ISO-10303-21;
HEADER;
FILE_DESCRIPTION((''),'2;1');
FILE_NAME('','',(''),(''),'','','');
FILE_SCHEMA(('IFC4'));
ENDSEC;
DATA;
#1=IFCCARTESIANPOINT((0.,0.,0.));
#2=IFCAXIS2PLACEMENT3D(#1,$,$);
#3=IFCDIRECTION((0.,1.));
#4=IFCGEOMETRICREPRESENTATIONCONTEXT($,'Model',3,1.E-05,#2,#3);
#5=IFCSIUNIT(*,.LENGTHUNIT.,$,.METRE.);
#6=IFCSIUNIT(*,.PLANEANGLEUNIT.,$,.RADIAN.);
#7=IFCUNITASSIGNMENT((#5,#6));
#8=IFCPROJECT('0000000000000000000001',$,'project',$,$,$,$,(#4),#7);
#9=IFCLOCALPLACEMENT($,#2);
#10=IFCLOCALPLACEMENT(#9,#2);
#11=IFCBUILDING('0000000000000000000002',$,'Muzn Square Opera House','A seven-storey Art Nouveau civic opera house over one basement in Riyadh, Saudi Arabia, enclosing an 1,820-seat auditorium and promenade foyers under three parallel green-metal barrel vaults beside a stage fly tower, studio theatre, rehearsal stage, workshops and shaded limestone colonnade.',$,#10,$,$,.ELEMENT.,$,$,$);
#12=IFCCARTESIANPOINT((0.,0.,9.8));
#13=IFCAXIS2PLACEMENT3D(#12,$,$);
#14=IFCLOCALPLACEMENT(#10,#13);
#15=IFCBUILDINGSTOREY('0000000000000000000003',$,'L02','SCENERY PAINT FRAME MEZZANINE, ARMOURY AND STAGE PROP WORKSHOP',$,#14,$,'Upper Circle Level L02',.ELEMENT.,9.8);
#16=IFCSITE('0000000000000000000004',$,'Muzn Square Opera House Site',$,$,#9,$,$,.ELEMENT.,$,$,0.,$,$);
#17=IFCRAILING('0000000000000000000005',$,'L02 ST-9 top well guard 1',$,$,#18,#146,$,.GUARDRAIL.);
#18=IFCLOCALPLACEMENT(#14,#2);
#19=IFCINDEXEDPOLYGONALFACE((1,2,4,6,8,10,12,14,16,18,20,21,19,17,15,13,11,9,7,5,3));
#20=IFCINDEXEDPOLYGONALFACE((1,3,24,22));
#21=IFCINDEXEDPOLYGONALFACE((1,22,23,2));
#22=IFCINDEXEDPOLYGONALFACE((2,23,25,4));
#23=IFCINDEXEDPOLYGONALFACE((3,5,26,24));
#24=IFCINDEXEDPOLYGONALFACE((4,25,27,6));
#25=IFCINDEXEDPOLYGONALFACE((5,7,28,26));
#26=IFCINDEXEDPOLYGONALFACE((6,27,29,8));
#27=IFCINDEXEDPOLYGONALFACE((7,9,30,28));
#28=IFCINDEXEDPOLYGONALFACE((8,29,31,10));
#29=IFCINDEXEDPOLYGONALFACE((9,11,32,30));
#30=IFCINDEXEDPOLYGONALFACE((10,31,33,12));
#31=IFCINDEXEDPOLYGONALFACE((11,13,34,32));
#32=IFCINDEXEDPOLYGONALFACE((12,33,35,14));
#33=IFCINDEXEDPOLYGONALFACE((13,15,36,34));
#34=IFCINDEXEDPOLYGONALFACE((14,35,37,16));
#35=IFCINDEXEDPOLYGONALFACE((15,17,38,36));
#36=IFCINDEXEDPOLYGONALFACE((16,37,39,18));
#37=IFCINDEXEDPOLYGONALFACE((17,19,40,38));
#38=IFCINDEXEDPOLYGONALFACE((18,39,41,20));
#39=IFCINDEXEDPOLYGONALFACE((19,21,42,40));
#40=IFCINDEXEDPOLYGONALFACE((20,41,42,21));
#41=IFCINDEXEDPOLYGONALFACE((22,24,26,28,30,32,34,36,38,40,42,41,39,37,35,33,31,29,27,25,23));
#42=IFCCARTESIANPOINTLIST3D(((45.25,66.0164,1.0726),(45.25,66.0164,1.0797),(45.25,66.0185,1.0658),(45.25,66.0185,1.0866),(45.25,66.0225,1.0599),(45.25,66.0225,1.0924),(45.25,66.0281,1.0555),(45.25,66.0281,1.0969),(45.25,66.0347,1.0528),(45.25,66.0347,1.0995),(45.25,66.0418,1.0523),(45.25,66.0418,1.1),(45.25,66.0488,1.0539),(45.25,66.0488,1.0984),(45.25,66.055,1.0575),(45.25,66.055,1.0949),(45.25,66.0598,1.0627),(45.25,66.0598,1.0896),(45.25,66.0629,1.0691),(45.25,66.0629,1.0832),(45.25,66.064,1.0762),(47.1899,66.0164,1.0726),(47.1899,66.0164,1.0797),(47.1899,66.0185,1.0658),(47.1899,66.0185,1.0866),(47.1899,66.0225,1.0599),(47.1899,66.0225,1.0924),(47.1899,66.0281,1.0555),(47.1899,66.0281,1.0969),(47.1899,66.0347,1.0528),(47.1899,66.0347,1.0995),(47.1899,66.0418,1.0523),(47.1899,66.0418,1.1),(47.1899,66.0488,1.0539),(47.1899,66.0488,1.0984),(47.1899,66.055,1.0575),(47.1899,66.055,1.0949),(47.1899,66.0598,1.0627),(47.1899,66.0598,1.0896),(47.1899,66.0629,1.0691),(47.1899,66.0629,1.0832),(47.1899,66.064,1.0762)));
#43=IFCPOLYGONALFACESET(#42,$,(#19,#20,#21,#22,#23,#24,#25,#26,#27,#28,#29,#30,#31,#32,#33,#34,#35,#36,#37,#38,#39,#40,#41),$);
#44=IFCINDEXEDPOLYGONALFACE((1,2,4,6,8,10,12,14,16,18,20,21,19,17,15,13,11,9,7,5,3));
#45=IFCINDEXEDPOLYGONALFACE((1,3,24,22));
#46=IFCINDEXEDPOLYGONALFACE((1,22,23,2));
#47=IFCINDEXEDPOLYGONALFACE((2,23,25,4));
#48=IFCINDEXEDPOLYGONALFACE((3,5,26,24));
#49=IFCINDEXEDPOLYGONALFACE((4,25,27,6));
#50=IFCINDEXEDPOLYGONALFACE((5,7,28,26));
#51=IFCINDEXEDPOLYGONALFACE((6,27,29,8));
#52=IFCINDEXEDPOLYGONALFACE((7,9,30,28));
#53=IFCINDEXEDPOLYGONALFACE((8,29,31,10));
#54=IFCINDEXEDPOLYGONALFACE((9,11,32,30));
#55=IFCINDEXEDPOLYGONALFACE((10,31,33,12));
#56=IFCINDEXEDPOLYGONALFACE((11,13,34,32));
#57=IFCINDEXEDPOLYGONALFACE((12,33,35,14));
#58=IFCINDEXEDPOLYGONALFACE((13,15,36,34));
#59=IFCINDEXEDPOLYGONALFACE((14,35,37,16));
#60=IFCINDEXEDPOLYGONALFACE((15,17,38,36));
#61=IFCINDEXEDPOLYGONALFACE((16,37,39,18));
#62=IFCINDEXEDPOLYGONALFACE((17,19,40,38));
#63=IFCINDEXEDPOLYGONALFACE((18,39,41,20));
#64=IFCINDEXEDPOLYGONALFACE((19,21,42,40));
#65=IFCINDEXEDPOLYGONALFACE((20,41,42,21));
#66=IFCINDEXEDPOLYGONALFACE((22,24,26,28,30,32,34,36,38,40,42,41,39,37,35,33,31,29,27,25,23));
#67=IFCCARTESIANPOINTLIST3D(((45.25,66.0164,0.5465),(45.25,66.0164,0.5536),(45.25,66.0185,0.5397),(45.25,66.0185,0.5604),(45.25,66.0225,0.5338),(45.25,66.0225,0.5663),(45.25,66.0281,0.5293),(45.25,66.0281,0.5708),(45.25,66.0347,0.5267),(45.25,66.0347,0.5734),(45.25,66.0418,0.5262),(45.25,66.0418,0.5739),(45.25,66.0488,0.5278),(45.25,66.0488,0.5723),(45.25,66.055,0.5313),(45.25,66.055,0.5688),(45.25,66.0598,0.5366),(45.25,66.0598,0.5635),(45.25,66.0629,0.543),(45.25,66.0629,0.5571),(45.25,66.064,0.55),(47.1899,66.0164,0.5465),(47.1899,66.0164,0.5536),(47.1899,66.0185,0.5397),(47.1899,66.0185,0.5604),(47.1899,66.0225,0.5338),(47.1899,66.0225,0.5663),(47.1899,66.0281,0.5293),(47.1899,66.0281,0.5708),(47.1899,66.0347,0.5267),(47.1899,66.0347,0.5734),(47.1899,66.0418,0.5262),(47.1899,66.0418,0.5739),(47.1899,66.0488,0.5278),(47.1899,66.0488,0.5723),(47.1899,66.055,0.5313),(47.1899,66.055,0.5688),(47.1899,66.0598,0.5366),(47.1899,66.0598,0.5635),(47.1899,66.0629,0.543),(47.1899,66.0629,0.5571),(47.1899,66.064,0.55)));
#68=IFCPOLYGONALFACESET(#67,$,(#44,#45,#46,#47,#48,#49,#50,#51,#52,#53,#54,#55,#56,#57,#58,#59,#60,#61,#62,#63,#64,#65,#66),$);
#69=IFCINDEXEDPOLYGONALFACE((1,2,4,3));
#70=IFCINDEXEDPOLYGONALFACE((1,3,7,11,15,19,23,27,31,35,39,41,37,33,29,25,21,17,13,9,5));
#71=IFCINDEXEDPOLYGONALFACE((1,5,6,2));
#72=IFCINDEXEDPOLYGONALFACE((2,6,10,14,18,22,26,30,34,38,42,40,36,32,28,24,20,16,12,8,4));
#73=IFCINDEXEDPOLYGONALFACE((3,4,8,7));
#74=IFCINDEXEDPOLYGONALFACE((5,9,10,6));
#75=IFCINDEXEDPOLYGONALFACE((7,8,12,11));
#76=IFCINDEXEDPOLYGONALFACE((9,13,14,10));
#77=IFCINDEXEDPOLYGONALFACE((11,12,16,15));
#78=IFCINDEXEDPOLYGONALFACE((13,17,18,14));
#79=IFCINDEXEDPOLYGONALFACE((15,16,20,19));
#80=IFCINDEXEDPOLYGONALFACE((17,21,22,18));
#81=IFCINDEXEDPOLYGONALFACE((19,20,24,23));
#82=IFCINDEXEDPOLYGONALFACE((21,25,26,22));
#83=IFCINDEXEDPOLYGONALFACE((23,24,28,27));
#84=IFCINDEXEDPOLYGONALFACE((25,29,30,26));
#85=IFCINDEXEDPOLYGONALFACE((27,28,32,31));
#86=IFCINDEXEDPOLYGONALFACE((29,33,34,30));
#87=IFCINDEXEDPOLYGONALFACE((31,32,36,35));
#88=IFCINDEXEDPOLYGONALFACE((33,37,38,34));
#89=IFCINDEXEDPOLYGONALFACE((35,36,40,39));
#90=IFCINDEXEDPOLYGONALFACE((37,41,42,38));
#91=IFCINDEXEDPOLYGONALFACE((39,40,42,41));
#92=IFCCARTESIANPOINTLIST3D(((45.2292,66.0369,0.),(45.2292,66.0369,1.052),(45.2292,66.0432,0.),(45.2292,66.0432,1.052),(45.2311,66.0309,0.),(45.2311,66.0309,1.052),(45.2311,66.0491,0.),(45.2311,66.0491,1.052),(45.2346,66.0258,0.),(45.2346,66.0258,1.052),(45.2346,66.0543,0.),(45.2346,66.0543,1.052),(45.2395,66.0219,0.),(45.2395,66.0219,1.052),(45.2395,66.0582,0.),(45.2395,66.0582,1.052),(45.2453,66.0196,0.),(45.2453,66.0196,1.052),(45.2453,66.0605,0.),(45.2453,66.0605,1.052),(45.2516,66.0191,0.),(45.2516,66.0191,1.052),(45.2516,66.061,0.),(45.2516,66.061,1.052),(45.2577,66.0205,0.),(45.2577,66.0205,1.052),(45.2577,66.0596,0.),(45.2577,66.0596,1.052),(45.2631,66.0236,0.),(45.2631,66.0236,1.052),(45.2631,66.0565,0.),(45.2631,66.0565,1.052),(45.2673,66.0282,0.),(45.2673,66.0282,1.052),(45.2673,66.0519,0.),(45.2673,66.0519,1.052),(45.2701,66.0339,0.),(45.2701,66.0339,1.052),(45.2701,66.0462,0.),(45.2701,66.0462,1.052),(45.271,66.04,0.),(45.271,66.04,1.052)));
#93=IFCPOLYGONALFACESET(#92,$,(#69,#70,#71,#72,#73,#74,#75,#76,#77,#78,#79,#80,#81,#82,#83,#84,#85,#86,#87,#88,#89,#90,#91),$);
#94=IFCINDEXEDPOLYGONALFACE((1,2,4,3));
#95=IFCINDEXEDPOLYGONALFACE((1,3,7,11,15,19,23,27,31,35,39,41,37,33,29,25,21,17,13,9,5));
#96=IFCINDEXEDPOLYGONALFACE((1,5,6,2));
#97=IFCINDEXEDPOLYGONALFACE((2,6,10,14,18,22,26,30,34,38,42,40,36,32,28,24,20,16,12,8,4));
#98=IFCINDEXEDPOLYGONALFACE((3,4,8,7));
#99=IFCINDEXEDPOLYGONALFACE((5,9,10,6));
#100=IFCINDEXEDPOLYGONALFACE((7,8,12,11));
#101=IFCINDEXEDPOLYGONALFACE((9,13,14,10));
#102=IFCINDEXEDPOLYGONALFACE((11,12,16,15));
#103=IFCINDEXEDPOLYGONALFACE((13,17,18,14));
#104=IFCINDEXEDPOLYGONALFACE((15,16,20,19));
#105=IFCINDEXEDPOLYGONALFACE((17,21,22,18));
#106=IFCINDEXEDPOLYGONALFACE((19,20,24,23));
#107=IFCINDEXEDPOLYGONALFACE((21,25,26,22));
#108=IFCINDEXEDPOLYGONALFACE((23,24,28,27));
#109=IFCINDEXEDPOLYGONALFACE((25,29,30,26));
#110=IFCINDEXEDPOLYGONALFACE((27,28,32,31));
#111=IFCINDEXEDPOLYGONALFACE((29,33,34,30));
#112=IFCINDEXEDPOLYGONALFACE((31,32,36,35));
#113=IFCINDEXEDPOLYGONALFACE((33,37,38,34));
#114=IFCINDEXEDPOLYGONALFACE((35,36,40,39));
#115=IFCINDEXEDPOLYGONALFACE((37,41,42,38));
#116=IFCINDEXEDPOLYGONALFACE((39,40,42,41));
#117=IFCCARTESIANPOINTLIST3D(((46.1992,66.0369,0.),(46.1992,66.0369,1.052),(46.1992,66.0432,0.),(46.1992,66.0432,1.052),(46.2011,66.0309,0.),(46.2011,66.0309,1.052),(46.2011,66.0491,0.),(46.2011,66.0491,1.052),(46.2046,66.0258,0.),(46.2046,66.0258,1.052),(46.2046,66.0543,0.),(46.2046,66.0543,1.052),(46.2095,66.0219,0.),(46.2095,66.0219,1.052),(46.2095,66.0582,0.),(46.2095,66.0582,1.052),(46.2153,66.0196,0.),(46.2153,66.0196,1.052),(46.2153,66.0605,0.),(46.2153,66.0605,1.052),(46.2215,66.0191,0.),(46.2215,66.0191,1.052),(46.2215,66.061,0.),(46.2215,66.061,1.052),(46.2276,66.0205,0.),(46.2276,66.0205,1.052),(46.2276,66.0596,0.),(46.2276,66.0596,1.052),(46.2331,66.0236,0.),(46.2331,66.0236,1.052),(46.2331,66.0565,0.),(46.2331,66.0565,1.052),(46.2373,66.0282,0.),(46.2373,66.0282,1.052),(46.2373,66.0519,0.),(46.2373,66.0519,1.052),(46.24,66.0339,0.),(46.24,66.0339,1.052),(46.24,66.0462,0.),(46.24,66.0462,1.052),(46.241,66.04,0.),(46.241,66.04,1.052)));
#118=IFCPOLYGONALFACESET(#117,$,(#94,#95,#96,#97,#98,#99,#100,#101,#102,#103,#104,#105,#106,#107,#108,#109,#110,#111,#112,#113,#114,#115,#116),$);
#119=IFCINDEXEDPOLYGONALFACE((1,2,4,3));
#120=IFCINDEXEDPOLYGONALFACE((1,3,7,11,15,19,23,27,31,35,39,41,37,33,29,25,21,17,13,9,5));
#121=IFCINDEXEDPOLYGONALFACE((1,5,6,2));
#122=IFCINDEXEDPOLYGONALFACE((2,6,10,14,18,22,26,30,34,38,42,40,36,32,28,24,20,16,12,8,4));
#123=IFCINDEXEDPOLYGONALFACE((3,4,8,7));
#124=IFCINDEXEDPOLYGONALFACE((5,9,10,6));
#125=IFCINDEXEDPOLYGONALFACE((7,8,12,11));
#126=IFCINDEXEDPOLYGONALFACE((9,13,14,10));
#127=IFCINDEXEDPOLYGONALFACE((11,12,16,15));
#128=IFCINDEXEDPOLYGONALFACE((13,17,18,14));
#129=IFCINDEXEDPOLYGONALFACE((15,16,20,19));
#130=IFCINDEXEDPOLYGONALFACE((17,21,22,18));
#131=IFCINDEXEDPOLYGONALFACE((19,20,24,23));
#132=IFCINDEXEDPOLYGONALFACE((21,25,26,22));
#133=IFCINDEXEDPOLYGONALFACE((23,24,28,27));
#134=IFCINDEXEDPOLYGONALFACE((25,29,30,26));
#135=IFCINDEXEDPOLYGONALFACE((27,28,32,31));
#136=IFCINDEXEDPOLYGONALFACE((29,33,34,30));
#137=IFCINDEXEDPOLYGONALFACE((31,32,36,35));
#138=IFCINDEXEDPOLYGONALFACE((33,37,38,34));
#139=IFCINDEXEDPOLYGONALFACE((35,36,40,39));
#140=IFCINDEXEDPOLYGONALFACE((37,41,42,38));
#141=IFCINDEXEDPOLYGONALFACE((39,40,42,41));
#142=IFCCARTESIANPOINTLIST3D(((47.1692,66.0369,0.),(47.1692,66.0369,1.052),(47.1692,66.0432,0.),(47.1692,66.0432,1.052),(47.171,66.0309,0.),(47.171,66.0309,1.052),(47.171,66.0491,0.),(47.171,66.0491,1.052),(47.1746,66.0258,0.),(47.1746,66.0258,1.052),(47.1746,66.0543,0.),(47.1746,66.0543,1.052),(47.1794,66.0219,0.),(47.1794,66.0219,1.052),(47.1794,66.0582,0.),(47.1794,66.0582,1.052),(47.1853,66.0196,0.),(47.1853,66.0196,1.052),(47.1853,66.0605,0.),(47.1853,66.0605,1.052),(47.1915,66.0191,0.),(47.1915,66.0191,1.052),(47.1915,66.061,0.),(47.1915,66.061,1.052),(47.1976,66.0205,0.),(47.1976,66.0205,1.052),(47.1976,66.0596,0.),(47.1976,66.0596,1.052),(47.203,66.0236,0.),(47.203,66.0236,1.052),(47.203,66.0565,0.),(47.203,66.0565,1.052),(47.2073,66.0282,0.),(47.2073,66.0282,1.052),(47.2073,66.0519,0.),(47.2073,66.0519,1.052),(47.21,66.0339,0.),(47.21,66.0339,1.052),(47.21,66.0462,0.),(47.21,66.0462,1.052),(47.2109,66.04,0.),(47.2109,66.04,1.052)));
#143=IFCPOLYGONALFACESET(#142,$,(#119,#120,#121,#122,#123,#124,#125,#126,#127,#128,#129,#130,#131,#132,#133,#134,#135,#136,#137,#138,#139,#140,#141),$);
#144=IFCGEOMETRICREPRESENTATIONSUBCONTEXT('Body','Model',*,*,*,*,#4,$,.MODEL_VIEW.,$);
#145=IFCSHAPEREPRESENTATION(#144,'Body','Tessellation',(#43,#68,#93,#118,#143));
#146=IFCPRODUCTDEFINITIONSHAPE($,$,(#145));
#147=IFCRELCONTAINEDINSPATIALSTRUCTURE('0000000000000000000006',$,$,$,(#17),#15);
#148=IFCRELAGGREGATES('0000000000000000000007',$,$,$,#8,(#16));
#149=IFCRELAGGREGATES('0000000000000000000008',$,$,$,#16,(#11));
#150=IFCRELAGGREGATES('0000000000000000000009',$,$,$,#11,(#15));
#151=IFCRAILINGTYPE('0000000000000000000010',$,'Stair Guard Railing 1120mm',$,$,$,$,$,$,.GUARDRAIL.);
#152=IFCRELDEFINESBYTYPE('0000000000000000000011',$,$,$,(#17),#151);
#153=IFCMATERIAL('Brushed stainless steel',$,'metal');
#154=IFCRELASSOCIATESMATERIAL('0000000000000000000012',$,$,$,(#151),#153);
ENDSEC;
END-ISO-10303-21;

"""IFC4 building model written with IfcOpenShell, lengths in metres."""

from ifc_helpers import new_model, si_unit, direction, frame, origin, origin_2d, place, context, subcontext, project, spatial, circle, extrude, material, type_object, element, save


model = new_model("IFC4")

# Units and contexts
model_context = context("Model", 3, precision=1e-05, world=origin(), true_north=direction((0.0, 1.0)))
body_context = subcontext(model_context, "Body", "Model", "MODEL_VIEW")
ifc_project = project(units=[si_unit("LENGTHUNIT", "METRE"), si_unit("PLANEANGLEUNIT", "RADIAN")], contexts=[model_context])

# Site, building, storey
site_placement = place(None, origin())
site = spatial("IfcSite", under=ifc_project, at=site_placement, Name="Muzn Square Opera House Site", CompositionType="ELEMENT", RefElevation=0.0)
building_placement = place(site_placement, origin())
building = spatial("IfcBuilding", under=site, at=building_placement, Name="Muzn Square Opera House", Description="A seven-storey Art Nouveau civic opera house over one basement in Riyadh, Saudi Arabia, enclosing an 1,820-seat auditorium and promenade foyers under three parallel green-metal barrel vaults beside a stage fly tower, studio theatre, rehearsal stage, workshops and shaded limestone colonnade.", CompositionType="ELEMENT")
storey_placement = place(building_placement, frame((0.0, 0.0, 9.8)))
storey = spatial("IfcBuildingStorey", under=building, at=storey_placement, Name="L02", Description="SCENERY PAINT FRAME MEZZANINE, ARMOURY AND STAGE PROP WORKSHOP", LongName="Upper Circle Level L02", CompositionType="ELEMENT", Elevation=9.8)

# Railing
ifc_material_1 = material(Name="Brushed stainless steel", Category="metal")
railing_type_1 = type_object("IfcRailingType", Name="Stair Guard Railing 1120mm", PredefinedType="GUARDRAIL", material=ifc_material_1)
railing_1_placement = place(storey_placement, frame((45.25, 66.04, 0.0)))
element("IfcRailing", 1, at=railing_1_placement, inside=storey, type_object=railing_type_1, Name="L02 ST-9 top well guard 1", PredefinedType="GUARDRAIL", context=body_context, shape_type="SweptSolid", body=[
    extrude(circle(Radius=0.0239, at=origin_2d()), frame((0.0, 0.0, 1.0762), z_axis=(1.0, 0.0, 0.0), x_axis=(0.0, 1.0, 0.0)), (0.0, 0.0, 1.0), 1.9399),
    extrude(circle(Radius=0.0239, at=origin_2d()), frame((0.0, 0.0, 0.55), z_axis=(1.0, 0.0, 0.0), x_axis=(0.0, 1.0, 0.0)), (0.0, 0.0, 1.0), 1.9399),
    extrude(circle(Radius=0.021, at=origin_2d()), origin(), (0.0, 0.0, 1.0), 1.052),
    extrude(circle(Radius=0.021, at=origin_2d()), frame((0.97, 0.0, 0.0)), (0.0, 0.0, 1.0), 1.052),
    extrude(circle(Radius=0.021, at=origin_2d()), frame((1.9399, 0.0, 0.0)), (0.0, 0.0, 1.0), 1.052),
])

save(model, "model.ifc")
